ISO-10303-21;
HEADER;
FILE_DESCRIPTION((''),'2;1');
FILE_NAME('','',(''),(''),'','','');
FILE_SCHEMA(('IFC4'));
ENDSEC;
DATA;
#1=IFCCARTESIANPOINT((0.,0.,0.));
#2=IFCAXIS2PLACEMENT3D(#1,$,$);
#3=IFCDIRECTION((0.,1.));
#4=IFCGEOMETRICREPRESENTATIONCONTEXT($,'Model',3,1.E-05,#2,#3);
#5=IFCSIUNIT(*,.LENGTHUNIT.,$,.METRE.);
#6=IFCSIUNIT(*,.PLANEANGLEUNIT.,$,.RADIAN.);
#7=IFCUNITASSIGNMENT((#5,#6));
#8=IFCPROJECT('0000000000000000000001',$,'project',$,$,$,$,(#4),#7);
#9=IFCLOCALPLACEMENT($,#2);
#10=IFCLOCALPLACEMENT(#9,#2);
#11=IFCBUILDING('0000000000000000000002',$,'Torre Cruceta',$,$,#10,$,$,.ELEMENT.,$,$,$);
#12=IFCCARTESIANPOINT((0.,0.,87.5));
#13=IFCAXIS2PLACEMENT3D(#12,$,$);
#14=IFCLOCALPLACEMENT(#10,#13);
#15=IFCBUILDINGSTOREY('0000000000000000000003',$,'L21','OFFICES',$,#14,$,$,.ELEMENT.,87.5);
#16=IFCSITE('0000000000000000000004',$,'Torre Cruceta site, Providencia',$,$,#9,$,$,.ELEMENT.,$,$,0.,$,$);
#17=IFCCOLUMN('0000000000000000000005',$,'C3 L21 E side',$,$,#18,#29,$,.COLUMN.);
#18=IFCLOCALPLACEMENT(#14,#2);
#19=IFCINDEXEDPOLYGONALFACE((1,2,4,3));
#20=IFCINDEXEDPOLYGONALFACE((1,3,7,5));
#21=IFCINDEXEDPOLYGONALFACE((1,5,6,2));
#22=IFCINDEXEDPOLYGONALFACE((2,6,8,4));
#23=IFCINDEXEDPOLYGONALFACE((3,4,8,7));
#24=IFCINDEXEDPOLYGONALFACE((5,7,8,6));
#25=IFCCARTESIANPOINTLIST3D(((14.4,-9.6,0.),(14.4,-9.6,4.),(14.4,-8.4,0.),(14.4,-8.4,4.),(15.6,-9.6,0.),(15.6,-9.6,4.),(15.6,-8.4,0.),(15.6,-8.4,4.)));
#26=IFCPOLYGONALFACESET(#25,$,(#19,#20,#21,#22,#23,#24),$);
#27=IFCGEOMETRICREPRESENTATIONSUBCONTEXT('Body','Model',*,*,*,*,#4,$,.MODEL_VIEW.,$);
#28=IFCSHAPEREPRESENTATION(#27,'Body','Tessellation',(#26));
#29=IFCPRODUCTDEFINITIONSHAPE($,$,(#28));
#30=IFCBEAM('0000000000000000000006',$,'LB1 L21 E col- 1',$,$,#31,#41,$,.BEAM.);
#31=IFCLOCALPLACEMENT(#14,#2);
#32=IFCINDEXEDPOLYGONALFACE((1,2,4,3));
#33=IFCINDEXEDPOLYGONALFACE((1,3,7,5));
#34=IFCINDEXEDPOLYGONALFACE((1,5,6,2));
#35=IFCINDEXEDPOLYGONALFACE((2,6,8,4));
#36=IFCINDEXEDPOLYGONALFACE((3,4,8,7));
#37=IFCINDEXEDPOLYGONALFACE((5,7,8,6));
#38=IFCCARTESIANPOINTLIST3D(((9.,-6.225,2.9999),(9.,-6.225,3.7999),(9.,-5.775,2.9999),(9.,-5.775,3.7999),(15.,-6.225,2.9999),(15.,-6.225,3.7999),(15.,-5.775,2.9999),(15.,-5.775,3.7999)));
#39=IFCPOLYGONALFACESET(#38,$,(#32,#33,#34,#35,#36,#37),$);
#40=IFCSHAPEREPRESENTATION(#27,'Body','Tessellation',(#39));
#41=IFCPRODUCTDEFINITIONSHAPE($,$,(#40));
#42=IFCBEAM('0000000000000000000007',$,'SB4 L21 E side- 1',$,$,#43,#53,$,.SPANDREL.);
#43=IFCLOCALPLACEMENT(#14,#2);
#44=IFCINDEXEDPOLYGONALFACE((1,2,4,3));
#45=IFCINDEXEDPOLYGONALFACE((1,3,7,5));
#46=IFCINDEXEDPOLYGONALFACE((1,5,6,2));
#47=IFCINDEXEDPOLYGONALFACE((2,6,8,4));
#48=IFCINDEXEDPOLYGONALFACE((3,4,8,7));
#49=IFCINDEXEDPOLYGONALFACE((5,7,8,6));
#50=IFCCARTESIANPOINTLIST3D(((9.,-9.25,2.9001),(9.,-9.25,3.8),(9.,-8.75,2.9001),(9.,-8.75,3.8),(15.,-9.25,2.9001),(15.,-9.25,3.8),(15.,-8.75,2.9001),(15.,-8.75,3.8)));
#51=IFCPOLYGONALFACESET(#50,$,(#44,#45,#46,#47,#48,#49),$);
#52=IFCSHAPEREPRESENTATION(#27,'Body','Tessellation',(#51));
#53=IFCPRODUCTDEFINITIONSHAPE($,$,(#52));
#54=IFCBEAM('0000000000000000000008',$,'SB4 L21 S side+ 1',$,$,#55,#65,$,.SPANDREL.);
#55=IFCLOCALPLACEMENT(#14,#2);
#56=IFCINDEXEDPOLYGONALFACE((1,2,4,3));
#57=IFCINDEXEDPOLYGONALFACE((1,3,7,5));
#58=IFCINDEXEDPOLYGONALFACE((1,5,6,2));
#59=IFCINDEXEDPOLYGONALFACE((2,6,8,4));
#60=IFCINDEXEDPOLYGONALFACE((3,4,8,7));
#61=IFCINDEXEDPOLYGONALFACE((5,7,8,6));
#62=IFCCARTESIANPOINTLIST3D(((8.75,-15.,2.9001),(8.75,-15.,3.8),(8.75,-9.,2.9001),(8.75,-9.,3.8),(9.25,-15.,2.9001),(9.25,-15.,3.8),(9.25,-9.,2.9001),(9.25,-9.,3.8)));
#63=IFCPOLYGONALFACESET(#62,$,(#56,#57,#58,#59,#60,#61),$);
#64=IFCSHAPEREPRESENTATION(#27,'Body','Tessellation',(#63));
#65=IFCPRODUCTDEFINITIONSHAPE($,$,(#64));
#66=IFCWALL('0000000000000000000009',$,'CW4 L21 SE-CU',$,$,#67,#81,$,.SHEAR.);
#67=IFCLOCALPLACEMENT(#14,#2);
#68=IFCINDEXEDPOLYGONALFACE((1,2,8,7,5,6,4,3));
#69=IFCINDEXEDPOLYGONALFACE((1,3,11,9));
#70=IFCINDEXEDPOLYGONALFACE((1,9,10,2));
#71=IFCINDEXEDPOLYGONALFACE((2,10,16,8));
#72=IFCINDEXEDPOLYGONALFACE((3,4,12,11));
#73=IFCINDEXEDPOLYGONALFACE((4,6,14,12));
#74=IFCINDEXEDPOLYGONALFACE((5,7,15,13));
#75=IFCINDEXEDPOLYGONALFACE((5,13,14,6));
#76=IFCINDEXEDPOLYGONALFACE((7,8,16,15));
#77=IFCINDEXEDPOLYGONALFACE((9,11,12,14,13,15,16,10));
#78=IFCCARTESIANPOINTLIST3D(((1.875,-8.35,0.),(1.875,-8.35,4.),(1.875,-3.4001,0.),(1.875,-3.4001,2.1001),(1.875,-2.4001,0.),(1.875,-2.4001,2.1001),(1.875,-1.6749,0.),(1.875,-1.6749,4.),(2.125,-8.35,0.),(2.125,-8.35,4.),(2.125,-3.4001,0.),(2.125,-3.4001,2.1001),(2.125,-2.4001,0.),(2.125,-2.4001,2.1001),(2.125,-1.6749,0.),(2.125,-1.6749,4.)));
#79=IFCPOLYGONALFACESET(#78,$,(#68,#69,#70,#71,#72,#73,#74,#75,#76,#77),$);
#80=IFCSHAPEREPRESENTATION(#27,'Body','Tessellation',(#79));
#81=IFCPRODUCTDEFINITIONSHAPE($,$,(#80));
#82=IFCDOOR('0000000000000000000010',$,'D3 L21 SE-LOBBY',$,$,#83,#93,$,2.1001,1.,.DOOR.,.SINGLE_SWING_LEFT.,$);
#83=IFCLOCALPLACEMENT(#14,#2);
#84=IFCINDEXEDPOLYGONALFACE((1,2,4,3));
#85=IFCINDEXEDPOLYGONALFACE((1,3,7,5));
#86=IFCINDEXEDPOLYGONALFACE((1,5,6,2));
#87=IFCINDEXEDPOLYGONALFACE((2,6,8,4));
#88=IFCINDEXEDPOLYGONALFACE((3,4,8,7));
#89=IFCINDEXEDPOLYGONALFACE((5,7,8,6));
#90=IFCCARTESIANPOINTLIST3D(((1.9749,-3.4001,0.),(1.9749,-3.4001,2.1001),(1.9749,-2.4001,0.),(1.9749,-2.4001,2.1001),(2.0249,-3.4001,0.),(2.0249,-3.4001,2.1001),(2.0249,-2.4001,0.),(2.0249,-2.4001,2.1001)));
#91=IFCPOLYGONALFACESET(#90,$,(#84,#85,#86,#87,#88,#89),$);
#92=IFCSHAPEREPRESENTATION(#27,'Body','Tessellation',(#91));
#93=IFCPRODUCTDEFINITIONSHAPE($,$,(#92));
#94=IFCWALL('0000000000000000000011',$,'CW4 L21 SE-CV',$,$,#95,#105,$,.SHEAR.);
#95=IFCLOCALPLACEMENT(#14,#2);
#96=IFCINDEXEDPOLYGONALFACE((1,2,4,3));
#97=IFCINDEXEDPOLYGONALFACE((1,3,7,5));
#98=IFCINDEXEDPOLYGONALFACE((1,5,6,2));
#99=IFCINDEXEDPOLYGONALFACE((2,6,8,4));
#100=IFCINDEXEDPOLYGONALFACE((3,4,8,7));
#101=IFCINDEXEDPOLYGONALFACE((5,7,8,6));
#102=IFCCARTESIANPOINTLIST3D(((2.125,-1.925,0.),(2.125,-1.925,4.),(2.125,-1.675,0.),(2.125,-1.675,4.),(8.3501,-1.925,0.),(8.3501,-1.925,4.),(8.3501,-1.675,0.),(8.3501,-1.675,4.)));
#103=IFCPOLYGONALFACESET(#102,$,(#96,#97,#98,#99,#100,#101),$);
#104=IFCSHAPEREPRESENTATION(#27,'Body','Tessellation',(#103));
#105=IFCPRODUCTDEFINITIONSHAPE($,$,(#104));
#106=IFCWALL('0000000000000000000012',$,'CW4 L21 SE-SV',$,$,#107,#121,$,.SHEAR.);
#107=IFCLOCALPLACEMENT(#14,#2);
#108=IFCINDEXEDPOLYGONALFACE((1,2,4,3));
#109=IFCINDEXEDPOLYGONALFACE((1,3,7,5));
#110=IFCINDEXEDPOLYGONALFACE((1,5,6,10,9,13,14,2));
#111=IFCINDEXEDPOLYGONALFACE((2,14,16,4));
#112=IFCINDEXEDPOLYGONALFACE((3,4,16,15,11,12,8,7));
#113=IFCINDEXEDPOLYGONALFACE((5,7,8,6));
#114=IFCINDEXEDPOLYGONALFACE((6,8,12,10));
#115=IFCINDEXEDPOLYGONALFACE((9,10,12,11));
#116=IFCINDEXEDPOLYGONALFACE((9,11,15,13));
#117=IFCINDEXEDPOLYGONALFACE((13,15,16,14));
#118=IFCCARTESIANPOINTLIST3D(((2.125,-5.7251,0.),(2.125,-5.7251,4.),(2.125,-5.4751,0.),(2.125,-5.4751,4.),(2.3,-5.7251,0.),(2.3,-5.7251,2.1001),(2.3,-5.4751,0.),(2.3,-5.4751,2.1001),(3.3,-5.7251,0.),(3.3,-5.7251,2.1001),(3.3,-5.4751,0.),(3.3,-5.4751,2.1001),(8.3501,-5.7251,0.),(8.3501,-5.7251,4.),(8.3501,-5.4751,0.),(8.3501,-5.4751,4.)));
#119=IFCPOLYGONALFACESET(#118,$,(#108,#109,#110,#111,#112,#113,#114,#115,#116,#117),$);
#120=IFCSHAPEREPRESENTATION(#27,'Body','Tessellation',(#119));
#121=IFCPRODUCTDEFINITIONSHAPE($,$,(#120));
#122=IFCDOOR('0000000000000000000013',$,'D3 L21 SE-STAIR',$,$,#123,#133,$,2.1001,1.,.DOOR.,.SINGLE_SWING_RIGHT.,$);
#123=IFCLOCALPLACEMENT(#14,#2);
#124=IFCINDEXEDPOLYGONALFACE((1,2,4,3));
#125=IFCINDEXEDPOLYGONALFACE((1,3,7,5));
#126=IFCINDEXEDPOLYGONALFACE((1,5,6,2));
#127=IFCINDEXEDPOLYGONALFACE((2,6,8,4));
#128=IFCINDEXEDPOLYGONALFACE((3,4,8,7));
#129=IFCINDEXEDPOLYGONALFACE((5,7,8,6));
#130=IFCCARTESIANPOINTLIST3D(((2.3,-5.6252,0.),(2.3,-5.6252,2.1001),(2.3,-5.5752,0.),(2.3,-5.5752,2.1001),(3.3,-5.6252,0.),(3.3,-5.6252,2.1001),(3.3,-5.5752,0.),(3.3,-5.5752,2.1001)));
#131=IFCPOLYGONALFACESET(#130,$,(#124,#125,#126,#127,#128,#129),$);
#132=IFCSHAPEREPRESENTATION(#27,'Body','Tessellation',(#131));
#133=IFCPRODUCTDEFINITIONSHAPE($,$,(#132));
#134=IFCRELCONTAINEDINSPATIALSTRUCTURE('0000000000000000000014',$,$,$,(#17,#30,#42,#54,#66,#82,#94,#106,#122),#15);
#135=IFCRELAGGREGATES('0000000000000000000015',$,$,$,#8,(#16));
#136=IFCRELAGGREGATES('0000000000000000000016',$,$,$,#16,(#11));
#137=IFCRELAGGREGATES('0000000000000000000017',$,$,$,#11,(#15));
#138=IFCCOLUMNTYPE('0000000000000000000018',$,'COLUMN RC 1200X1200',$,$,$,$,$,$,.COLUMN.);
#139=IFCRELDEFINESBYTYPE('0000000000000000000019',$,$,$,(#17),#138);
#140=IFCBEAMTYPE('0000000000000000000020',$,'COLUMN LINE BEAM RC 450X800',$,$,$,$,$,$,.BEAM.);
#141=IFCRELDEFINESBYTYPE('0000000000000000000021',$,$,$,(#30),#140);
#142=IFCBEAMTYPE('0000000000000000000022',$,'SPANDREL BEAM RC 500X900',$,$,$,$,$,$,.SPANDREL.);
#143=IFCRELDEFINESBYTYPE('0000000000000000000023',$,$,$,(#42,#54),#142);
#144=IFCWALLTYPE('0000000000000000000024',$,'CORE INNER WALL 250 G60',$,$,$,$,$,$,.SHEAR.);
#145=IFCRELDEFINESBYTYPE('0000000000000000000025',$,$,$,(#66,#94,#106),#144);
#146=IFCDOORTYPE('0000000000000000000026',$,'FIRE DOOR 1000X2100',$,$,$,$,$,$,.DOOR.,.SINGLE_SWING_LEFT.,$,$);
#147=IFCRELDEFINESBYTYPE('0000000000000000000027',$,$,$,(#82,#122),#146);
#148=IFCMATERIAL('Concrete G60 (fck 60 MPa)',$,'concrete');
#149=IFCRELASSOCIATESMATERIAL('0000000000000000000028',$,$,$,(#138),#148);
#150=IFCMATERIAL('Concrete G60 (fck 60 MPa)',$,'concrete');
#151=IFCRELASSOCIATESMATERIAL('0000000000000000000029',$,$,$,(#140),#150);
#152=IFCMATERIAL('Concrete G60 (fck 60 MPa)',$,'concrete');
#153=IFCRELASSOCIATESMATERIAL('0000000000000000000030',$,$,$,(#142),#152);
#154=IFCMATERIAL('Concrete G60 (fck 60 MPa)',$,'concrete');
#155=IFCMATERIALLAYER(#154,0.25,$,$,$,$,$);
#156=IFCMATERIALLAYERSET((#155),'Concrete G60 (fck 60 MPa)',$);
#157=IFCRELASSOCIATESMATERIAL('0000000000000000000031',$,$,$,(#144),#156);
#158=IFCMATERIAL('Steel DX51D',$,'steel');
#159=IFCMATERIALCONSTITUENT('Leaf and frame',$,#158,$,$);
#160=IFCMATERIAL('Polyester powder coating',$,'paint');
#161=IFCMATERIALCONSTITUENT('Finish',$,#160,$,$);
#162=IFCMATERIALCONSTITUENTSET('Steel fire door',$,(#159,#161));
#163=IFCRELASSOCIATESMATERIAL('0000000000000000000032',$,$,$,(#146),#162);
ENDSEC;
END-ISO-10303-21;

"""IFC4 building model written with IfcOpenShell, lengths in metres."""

from ifc_helpers import new_model, si_unit, direction, frame, frame_2d, origin, origin_2d, place, context, subcontext, project, spatial, rectangle, extrude, material, layer, layer_set, constituent, constituent_set, material_profile, profile_set, type_object, element, fill, save


model = new_model("IFC4")

# Units and contexts
model_context = context("Model", 3, precision=1e-05, world=origin(), true_north=direction((0.0, 1.0)))
body_context = subcontext(model_context, "Body", "Model", "MODEL_VIEW")
ifc_project = project(units=[si_unit("LENGTHUNIT", "METRE"), si_unit("PLANEANGLEUNIT", "RADIAN")], contexts=[model_context])

# Site, building, storey
site_placement = place(None, origin())
site = spatial("IfcSite", under=ifc_project, at=site_placement, Name="Torre Cruceta site, Providencia", CompositionType="ELEMENT", RefElevation=0.0)
building_placement = place(site_placement, origin())
building = spatial("IfcBuilding", under=site, at=building_placement, Name="Torre Cruceta", CompositionType="ELEMENT")
storey_placement = place(building_placement, frame((0.0, 0.0, 87.5)))
storey = spatial("IfcBuildingStorey", under=building, at=storey_placement, Name="L21", Description="OFFICES", CompositionType="ELEMENT", Elevation=87.5)

# Column
ifc_material_1 = material(Name="Concrete G60 (fck 60 MPa)", Category="concrete")
ifc_material_profile_1 = material_profile(ifc_material_1, rectangle(XDim=1.2, YDim=1.2, at=origin_2d()), Name="RC 1200X1200")
ifc_profile_set_1 = profile_set([ifc_material_profile_1], Name="Concrete G60 (fck 60 MPa)")
column_type = type_object("IfcColumnType", Name="COLUMN RC 1200X1200", PredefinedType="COLUMN", material=ifc_profile_set_1)
column_placement = place(storey_placement, frame((15.0, -9.0, 0.0), z_axis=(0.0, 0.0, 1.0), x_axis=(1.0, 0.0, 0.0)))
element("IfcColumn", 1, at=column_placement, inside=storey, type_object=column_type, Name="C3 L21 E side", PredefinedType="COLUMN", context=body_context, shape_type="SweptSolid", body=[
    extrude(rectangle(XDim=1.2, YDim=1.2, at=origin_2d()), origin(), (0.0, 0.0, 1.0), 4.0),
])

# Beams
ifc_material_2 = material(Name="Concrete G60 (fck 60 MPa)", Category="concrete")
ifc_material_profile_2 = material_profile(ifc_material_2, rectangle(XDim=0.45, YDim=0.8, at=origin_2d()), Name="RC 450X800")
ifc_profile_set_2 = profile_set([ifc_material_profile_2], Name="Concrete G60 (fck 60 MPa)")
beam_type_1 = type_object("IfcBeamType", Name="COLUMN LINE BEAM RC 450X800", PredefinedType="BEAM", material=ifc_profile_set_2)
beam_placement = place(storey_placement, frame((9.0, -6.0, 3.3999), z_axis=(1.0, 0.0, 0.0), x_axis=(0.0, 1.0, 0.0)))
element("IfcBeam", 2, at=beam_placement, inside=storey, type_object=beam_type_1, Name="LB1 L21 E col- 1", PredefinedType="BEAM", context=body_context, shape_type="SweptSolid", body=[
    extrude(rectangle(XDim=0.45, YDim=0.8, at=origin_2d()), origin(), (0.0, 0.0, 1.0), 6.0),
])
ifc_material_3 = material(Name="Concrete G60 (fck 60 MPa)", Category="concrete")
ifc_material_profile_3 = material_profile(ifc_material_3, rectangle(XDim=0.5, YDim=0.8999, at=origin_2d()), Name="RC 500X900")
ifc_profile_set_3 = profile_set([ifc_material_profile_3], Name="Concrete G60 (fck 60 MPa)")
beam_type_2 = type_object("IfcBeamType", Name="SPANDREL BEAM RC 500X900", PredefinedType="SPANDREL", material=ifc_profile_set_3)
for number, where, z_axis, x_axis, name in (
    (3, (9.0, -9.0, 3.3501), (1.0, 0.0, 0.0), (0.0, 1.0, 0.0), "SB4 L21 E side- 1"),
    (4, (9.0, -9.0, 3.3501), (0.0, -1.0, 0.0), (1.0, 0.0, 0.0), "SB4 L21 S side+ 1"),
):
    element("IfcBeam", number, at=place(storey_placement, frame(where, z_axis=z_axis, x_axis=x_axis)), inside=storey, type_object=beam_type_2, Name=name, PredefinedType="SPANDREL", context=body_context, shape_type="SweptSolid", body=[
        extrude(rectangle(XDim=0.5, YDim=0.8999, at=origin_2d()), origin(), (0.0, 0.0, 1.0), 6.0),
    ])

# Wall, opening, door
ifc_material_4 = material(Name="Concrete G60 (fck 60 MPa)", Category="concrete")
ifc_layer_1 = layer(ifc_material_4, 0.25)
ifc_layer_set_1 = layer_set([ifc_layer_1], Name="Concrete G60 (fck 60 MPa)")
wall_type_1 = type_object("IfcWallType", Name="CORE INNER WALL 250 G60", PredefinedType="SHEAR", material=ifc_layer_set_1)
wall_1_placement = place(storey_placement, frame((2.0, -1.675, 0.0), z_axis=(0.0, 0.0, 1.0), x_axis=(0.0, -1.0, 0.0)))
wall_1 = element("IfcWall", 5, at=wall_1_placement, inside=storey, type_object=wall_type_1, Name="CW4 L21 SE-CU", PredefinedType="SHEAR", context=body_context, shape_type="SweptSolid", body=[
    extrude(rectangle(XDim=6.675, YDim=0.25, at=frame_2d((3.3374, 0.0))), origin(), (0.0, 0.0, 1.0), 4.0),
])
opening_1_placement = place(wall_1_placement, frame((0.7251, 0.0, 0.0)))
opening_1 = element("IfcOpeningElement", 6, at=opening_1_placement, cuts=wall_1, PredefinedType="OPENING", context=body_context, shape_type="SweptSolid", body=[
    extrude(rectangle(XDim=1.0, YDim=2.1001, at=frame_2d((0.5, 1.05))), frame((0.0, 0.135, 0.0), z_axis=(0.0, -1.0, 0.0), x_axis=(1.0, 0.0, 0.0)), (0.0, 0.0, 1.0), 0.27),
])
ifc_material_5 = material(Name="Steel DX51D", Category="steel")
ifc_constituent_1 = constituent(ifc_material_5, Name="Leaf and frame")
ifc_material_6 = material(Name="Polyester powder coating", Category="paint")
ifc_constituent_2 = constituent(ifc_material_6, Name="Finish")
ifc_constituent_set_1 = constituent_set(constituents=[ifc_constituent_1, ifc_constituent_2], Name="Steel fire door")
door_type_1 = type_object("IfcDoorType", Name="FIRE DOOR 1000X2100", OperationType="SINGLE_SWING_LEFT", PredefinedType="DOOR", material=ifc_constituent_set_1)
door_1_placement = place(opening_1_placement, origin())
door_1 = element("IfcDoor", 7, at=door_1_placement, inside=storey, type_object=door_type_1, Name="D3 L21 SE-LOBBY", OperationType="SINGLE_SWING_LEFT", OverallHeight=2.1001, OverallWidth=1.0, PredefinedType="DOOR", context=body_context, shape_type="SweptSolid", body=[
    extrude(rectangle(XDim=1.0, YDim=2.1001, at=frame_2d((0.5, 1.05))), frame((0.0, 0.0249, 0.0), z_axis=(0.0, -1.0, 0.0), x_axis=(1.0, 0.0, 0.0)), (0.0, 0.0, 1.0), 0.05),
])
fill(opening_1, door_1)

# Wall
wall_2_placement = place(storey_placement, frame((2.125, -1.8, 0.0), z_axis=(0.0, 0.0, 1.0), x_axis=(1.0, 0.0, 0.0)))
element("IfcWall", 8, at=wall_2_placement, inside=storey, type_object=wall_type_1, Name="CW4 L21 SE-CV", PredefinedType="SHEAR", context=body_context, shape_type="SweptSolid", body=[
    extrude(rectangle(XDim=6.2251, YDim=0.25, at=frame_2d((3.1125, 0.0))), origin(), (0.0, 0.0, 1.0), 4.0),
])

# Wall, opening, door
wall_3_placement = place(storey_placement, frame((2.125, -5.6001, 0.0), z_axis=(0.0, 0.0, 1.0), x_axis=(1.0, 0.0, 0.0)))
wall_3 = element("IfcWall", 9, at=wall_3_placement, inside=storey, type_object=wall_type_1, Name="CW4 L21 SE-SV", PredefinedType="SHEAR", context=body_context, shape_type="SweptSolid", body=[
    extrude(rectangle(XDim=6.2251, YDim=0.25, at=frame_2d((3.1125, 0.0))), origin(), (0.0, 0.0, 1.0), 4.0),
])
opening_2_placement = place(wall_3_placement, frame((0.175, 0.0, 0.0)))
opening_2 = element("IfcOpeningElement", 10, at=opening_2_placement, cuts=wall_3, PredefinedType="OPENING", context=body_context, shape_type="SweptSolid", body=[
    extrude(rectangle(XDim=1.0, YDim=2.1001, at=frame_2d((0.5, 1.05))), frame((0.0, 0.135, 0.0), z_axis=(0.0, -1.0, 0.0), x_axis=(1.0, 0.0, 0.0)), (0.0, 0.0, 1.0), 0.27),
])
door_2_placement = place(opening_2_placement, frame((1.0, 0.0, 0.0), z_axis=(0.0, 0.0, 1.0), x_axis=(-1.0, 0.0, 0.0)))
door_2 = element("IfcDoor", 11, at=door_2_placement, inside=storey, type_object=door_type_1, Name="D3 L21 SE-STAIR", OperationType="SINGLE_SWING_RIGHT", OverallHeight=2.1001, OverallWidth=1.0, PredefinedType="DOOR", context=body_context, shape_type="SweptSolid", body=[
    extrude(rectangle(XDim=1.0, YDim=2.1001, at=frame_2d((0.5, 1.05))), frame((0.0, 0.0251, 0.0), z_axis=(0.0, -1.0, 0.0), x_axis=(1.0, 0.0, 0.0)), (0.0, 0.0, 1.0), 0.05),
])
fill(opening_2, door_2)

save(model, "model.ifc")
